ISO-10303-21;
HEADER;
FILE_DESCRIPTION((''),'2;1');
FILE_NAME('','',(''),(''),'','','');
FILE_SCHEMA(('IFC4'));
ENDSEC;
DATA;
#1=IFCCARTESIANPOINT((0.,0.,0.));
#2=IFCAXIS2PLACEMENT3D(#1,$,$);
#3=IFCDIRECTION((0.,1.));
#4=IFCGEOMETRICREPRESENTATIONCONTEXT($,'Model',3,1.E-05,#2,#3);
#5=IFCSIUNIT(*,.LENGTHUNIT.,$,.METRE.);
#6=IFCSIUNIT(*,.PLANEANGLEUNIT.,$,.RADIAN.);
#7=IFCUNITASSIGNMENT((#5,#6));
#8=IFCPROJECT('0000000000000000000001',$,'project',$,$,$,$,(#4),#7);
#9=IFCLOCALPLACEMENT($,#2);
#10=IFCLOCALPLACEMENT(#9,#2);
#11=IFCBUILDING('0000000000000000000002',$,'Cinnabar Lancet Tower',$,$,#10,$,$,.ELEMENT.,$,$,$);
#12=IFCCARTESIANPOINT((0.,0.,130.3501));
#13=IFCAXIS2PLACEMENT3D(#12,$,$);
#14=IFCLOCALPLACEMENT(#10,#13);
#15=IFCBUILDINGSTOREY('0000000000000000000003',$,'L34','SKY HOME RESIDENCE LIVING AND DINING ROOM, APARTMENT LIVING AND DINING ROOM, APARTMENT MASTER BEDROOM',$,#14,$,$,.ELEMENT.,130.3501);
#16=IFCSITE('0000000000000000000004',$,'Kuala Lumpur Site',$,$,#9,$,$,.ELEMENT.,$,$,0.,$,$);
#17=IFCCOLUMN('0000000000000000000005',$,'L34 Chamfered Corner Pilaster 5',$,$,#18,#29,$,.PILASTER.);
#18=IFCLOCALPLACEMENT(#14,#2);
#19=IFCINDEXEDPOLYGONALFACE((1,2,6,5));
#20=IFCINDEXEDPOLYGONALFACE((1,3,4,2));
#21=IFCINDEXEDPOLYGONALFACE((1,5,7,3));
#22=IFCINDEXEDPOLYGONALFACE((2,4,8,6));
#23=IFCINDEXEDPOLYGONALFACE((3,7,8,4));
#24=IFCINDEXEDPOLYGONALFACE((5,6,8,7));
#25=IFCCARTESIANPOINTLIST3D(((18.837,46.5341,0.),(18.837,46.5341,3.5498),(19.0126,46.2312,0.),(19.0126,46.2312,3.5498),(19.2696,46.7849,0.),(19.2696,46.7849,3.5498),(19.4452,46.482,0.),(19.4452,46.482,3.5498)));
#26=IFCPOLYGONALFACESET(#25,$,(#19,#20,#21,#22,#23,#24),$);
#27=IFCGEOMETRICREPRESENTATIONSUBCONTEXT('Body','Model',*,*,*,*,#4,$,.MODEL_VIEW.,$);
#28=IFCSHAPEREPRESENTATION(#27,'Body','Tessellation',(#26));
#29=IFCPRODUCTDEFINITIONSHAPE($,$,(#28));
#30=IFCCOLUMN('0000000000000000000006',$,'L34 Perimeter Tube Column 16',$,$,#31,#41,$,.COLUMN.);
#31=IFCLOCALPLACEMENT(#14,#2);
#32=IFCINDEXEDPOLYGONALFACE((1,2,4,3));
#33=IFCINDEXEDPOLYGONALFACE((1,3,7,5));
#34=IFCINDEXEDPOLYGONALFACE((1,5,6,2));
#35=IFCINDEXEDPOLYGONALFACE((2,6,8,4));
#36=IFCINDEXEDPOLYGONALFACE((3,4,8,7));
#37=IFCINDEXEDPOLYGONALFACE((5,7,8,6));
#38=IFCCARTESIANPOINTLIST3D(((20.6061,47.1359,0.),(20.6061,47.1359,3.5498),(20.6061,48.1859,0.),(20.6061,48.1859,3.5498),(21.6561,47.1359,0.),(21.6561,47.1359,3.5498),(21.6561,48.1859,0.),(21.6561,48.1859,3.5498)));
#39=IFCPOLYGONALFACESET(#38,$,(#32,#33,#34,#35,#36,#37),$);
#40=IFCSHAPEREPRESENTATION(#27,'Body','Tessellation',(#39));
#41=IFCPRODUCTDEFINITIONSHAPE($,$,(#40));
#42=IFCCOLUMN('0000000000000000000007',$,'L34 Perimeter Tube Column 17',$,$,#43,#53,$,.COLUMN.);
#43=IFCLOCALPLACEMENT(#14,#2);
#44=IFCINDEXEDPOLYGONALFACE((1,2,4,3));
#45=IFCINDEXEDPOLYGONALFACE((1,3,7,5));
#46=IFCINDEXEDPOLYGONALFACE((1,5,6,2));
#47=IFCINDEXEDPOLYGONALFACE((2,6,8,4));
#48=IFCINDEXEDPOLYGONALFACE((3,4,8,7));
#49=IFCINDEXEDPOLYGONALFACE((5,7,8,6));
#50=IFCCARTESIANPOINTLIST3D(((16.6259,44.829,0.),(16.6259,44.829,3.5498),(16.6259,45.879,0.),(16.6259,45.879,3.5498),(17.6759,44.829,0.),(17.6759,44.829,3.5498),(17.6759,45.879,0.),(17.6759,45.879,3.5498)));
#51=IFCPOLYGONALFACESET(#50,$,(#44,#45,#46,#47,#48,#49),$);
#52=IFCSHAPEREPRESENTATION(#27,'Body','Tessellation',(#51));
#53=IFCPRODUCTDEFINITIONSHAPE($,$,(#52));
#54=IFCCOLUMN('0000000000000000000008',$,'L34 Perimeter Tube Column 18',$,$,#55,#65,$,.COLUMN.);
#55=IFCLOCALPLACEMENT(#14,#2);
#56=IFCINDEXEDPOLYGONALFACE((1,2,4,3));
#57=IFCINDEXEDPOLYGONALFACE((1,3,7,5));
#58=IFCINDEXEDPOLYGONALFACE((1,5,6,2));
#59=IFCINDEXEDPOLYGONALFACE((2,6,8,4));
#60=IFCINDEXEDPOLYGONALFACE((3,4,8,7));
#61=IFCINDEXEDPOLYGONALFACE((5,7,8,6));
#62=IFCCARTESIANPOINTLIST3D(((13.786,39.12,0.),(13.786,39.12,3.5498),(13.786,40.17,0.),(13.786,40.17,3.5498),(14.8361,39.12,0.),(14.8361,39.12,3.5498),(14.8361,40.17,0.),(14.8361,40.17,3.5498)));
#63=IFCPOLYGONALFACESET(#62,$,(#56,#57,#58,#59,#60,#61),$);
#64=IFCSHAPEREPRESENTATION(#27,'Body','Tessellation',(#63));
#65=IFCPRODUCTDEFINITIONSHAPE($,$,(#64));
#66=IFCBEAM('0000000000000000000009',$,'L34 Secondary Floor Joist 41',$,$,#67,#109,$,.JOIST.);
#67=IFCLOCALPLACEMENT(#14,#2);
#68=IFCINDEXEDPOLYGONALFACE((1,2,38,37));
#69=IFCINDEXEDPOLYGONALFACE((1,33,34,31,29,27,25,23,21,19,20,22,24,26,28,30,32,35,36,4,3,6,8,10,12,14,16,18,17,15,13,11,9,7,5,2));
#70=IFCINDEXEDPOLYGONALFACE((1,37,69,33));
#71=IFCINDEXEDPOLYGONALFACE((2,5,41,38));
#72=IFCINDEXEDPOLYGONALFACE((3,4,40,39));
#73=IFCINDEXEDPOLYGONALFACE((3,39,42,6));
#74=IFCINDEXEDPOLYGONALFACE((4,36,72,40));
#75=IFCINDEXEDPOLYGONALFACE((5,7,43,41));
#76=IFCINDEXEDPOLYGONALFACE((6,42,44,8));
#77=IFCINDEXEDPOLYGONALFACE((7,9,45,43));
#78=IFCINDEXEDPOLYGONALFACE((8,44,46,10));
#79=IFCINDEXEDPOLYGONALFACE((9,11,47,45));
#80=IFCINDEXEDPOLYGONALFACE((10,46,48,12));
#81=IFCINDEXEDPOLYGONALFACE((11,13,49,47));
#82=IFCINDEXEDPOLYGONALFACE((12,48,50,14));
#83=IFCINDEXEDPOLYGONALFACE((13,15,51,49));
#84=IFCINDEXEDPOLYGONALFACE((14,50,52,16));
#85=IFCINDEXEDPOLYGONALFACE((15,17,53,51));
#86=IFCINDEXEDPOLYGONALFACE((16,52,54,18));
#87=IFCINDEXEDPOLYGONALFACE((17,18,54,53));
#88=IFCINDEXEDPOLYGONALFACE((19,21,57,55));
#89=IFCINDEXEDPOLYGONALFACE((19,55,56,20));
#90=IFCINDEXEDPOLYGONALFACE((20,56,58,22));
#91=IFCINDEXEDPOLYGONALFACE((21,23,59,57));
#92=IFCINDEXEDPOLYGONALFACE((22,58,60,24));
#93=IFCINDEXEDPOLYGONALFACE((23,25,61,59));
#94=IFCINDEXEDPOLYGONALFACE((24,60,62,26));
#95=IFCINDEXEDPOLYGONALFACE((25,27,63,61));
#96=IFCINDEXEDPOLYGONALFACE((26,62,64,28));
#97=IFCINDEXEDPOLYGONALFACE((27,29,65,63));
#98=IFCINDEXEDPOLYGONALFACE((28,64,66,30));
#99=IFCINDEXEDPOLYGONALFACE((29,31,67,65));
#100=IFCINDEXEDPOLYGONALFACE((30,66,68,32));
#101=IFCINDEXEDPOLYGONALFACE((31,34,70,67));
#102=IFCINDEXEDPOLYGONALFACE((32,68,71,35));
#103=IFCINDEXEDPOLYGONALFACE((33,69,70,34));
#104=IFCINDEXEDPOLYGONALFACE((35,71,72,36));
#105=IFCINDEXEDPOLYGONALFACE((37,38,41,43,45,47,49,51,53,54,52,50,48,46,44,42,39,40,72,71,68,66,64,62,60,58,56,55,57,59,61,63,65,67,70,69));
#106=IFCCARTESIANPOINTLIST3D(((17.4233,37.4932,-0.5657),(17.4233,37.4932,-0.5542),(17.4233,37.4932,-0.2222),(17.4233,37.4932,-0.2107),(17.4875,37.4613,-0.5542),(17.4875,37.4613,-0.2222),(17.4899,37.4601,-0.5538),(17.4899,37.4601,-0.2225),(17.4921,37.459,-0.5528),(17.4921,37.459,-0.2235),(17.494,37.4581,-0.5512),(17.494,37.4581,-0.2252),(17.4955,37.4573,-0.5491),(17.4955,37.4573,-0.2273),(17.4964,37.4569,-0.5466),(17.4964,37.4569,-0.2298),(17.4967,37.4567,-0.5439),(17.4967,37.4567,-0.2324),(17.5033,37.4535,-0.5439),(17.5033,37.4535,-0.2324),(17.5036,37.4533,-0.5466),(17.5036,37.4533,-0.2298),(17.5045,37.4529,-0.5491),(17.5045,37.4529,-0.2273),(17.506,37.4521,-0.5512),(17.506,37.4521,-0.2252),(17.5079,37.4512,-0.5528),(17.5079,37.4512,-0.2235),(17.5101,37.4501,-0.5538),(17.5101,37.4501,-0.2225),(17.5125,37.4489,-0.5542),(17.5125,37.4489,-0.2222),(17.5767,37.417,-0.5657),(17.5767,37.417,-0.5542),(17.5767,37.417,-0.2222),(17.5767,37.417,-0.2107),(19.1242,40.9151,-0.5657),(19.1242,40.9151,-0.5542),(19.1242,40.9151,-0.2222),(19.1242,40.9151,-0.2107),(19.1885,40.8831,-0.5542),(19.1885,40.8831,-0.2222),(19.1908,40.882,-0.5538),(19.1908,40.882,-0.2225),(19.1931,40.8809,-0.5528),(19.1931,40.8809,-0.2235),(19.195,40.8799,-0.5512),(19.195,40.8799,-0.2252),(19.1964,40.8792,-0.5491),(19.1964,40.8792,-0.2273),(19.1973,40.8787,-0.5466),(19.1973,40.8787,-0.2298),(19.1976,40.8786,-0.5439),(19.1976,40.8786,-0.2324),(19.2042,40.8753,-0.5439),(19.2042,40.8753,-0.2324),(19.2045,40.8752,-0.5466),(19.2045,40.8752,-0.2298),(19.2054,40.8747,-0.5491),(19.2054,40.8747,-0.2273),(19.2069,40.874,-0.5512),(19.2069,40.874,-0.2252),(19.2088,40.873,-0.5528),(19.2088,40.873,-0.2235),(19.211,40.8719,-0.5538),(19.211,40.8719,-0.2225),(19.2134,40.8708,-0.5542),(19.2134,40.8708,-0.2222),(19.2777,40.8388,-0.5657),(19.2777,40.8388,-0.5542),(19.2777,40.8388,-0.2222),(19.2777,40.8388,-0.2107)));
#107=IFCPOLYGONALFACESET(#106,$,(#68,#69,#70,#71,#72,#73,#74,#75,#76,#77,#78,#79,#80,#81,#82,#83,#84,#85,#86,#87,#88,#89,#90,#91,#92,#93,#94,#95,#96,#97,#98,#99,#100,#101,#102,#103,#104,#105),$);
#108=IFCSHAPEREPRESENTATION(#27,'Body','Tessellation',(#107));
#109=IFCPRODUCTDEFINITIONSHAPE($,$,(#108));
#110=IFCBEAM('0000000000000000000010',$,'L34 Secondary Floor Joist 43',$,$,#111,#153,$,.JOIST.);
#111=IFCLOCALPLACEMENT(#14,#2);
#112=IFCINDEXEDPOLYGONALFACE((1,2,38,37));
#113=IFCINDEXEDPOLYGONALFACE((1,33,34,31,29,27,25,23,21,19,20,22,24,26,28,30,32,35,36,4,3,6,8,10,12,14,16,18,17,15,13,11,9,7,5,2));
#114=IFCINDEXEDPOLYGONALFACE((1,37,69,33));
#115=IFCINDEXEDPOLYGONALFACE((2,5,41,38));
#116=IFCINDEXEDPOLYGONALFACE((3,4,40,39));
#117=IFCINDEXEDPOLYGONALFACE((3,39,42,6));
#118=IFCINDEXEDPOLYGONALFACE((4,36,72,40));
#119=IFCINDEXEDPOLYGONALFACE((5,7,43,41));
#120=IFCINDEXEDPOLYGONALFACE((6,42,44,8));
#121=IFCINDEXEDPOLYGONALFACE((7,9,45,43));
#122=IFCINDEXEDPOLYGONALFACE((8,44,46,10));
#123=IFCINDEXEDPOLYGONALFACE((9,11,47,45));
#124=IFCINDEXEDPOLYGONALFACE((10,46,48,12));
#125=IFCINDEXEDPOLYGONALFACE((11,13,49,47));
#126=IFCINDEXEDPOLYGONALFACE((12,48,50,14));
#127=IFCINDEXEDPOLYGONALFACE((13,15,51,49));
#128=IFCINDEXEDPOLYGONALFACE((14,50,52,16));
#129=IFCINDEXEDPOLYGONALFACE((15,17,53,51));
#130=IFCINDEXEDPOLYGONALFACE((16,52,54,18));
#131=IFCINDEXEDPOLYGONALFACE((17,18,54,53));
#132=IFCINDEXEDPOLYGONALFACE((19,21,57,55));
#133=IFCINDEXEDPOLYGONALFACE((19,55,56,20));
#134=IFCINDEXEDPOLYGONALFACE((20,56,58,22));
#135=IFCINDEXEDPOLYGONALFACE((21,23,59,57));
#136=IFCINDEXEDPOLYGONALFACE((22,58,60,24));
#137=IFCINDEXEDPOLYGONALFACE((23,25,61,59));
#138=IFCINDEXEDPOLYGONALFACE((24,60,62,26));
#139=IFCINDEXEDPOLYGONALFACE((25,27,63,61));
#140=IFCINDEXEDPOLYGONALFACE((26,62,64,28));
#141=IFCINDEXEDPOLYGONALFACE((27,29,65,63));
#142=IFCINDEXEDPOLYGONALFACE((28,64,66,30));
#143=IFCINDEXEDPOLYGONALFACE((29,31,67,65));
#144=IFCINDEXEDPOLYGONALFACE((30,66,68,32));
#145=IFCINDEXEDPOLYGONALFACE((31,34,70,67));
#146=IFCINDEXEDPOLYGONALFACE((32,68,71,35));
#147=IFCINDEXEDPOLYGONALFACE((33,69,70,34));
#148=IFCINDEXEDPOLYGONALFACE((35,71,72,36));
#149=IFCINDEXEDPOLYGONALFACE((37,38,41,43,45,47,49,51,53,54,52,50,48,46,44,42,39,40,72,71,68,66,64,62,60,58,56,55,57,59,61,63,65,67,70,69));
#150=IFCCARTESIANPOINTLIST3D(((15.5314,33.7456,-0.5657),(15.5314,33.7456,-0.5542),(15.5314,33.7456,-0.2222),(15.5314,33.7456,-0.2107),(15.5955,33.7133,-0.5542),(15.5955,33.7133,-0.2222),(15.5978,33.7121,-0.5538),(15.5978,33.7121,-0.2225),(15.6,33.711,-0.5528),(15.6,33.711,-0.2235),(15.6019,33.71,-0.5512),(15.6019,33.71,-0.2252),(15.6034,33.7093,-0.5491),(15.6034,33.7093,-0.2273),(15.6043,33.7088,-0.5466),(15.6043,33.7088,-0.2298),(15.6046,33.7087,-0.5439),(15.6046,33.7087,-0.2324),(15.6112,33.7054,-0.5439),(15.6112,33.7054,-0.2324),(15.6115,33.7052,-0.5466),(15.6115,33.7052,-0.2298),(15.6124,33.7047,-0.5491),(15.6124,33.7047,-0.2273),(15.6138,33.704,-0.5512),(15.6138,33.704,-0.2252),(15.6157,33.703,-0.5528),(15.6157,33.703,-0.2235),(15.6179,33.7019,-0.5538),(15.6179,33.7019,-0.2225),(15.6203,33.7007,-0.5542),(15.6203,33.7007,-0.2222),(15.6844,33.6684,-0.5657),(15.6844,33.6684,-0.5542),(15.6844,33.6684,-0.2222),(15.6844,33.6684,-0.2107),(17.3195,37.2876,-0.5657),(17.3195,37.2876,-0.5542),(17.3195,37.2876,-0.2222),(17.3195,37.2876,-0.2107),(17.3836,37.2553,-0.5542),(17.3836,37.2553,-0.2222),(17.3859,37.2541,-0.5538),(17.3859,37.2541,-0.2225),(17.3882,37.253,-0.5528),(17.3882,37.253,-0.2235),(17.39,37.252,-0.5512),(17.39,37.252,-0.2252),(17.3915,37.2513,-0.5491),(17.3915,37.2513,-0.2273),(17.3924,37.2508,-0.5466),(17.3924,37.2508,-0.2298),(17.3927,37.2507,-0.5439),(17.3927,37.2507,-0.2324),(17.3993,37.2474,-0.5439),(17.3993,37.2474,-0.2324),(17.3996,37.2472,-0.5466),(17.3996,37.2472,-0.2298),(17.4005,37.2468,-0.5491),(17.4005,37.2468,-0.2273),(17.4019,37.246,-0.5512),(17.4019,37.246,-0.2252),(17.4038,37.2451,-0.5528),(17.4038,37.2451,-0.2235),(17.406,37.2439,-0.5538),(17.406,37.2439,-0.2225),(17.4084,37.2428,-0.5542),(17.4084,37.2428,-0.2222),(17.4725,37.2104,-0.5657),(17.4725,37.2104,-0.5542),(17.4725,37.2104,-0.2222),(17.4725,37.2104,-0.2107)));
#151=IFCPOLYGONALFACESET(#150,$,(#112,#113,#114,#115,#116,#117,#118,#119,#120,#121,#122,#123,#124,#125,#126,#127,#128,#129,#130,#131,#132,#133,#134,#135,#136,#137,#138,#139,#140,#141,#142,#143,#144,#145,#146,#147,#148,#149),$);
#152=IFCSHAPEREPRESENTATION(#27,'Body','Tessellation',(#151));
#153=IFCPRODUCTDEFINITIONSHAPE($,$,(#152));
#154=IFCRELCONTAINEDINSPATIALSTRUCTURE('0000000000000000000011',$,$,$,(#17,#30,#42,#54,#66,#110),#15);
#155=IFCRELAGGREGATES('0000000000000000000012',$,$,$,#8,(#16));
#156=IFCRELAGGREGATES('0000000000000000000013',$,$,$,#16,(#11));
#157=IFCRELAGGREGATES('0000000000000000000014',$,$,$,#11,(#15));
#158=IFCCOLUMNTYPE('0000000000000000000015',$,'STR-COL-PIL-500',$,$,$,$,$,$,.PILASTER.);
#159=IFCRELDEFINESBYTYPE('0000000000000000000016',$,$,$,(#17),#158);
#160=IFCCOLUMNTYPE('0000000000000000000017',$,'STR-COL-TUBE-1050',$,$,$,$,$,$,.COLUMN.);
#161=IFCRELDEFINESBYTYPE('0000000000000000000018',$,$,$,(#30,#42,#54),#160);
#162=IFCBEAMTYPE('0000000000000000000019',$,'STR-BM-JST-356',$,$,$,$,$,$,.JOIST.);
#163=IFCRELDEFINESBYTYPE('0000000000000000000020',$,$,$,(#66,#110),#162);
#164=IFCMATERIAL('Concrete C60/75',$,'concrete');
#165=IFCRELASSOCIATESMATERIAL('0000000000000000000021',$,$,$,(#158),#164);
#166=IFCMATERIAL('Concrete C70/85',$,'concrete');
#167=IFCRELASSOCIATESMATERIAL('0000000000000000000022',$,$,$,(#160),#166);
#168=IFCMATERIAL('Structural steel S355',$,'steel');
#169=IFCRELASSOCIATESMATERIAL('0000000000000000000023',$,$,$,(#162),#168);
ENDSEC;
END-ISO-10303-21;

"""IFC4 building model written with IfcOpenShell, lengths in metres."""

from ifc_helpers import new_model, si_unit, direction, frame, origin, origin_2d, place, context, subcontext, project, spatial, rectangle, i_section, extrude, material, material_profile, profile_set, type_object, element, save


model = new_model("IFC4")

# Units and contexts
model_context = context("Model", 3, precision=1e-05, world=origin(), true_north=direction((0.0, 1.0)))
body_context = subcontext(model_context, "Body", "Model", "MODEL_VIEW")
ifc_project = project(units=[si_unit("LENGTHUNIT", "METRE"), si_unit("PLANEANGLEUNIT", "RADIAN")], contexts=[model_context])

# Site, building, storey
site_placement = place(None, origin())
site = spatial("IfcSite", under=ifc_project, at=site_placement, Name="Kuala Lumpur Site", CompositionType="ELEMENT", RefElevation=0.0)
building_placement = place(site_placement, origin())
building = spatial("IfcBuilding", under=site, at=building_placement, Name="Cinnabar Lancet Tower", CompositionType="ELEMENT")
storey_placement = place(building_placement, frame((0.0, 0.0, 130.3501)))
storey = spatial("IfcBuildingStorey", under=building, at=storey_placement, Name="L34", Description="SKY HOME RESIDENCE LIVING AND DINING ROOM, APARTMENT LIVING AND DINING ROOM, APARTMENT MASTER BEDROOM", CompositionType="ELEMENT", Elevation=130.3501)

# Columns
ifc_material_1 = material(Name="Concrete C60/75", Category="concrete")
ifc_material_profile_1 = material_profile(ifc_material_1, rectangle(XDim=0.5, YDim=0.3501, at=origin_2d()), Name="RC-PIL 500x350")
ifc_profile_set_1 = profile_set([ifc_material_profile_1], Name="Concrete C60/75")
column_type_1 = type_object("IfcColumnType", Name="STR-COL-PIL-500", PredefinedType="PILASTER", material=ifc_profile_set_1)
column_placement = place(storey_placement, frame((19.1411, 46.5081, 0.0), z_axis=(0.0, 0.0, 1.0), x_axis=(-0.86516, -0.501496, 0.0)))
element("IfcColumn", 1, at=column_placement, inside=storey, type_object=column_type_1, Name="L34 Chamfered Corner Pilaster 5", PredefinedType="PILASTER", context=body_context, shape_type="SweptSolid", body=[
    extrude(rectangle(XDim=0.5, YDim=0.3501, at=origin_2d()), origin(), (0.0, 0.0, 1.0), 3.5498),
])
ifc_material_2 = material(Name="Concrete C70/85", Category="concrete")
ifc_material_profile_2 = material_profile(ifc_material_2, rectangle(XDim=1.05, YDim=1.05, at=origin_2d()), Name="RC-COL 1050x1050")
ifc_profile_set_2 = profile_set([ifc_material_profile_2], Name="Concrete C70/85")
column_type_2 = type_object("IfcColumnType", Name="STR-COL-TUBE-1050", PredefinedType="COLUMN", material=ifc_profile_set_2)
for number, where, z_axis, x_axis, name in (
    (2, (21.1311, 47.6609, 0.0), (0.0, 0.0, 1.0), (1.0, 0.0, 0.0), "L34 Perimeter Tube Column 16"),
    (3, (17.1509, 45.354, 0.0), (0.0, 0.0, 1.0), (1.0, 0.0, 0.0), "L34 Perimeter Tube Column 17"),
    (4, (14.311, 39.645, 0.0), (0.0, 0.0, 1.0), (1.0, 0.0, 0.0), "L34 Perimeter Tube Column 18"),
):
    element("IfcColumn", number, at=place(storey_placement, frame(where, z_axis=z_axis, x_axis=x_axis)), inside=storey, type_object=column_type_2, Name=name, PredefinedType="COLUMN", context=body_context, shape_type="SweptSolid", body=[
        extrude(rectangle(XDim=1.05, YDim=1.05, at=origin_2d()), origin(), (0.0, 0.0, 1.0), 3.5498),
    ])

# Beams
ifc_material_3 = material(Name="Structural steel S355", Category="steel")
ifc_material_profile_3 = material_profile(ifc_material_3, i_section(OverallWidth=0.1714, OverallDepth=0.355, WebThickness=0.0073, FlangeThickness=0.0115, FilletRadius=0.0103, at=origin_2d()), Name="UKB 356x171x51")
ifc_profile_set_3 = profile_set([ifc_material_profile_3], Name="Structural steel S355")
beam_type_1 = type_object("IfcBeamType", Name="STR-BM-JST-356", PredefinedType="JOIST", material=ifc_profile_set_3)
beam_1_placement = place(storey_placement, frame((19.2009, 40.877, -0.3882), z_axis=(-0.445117, -0.895473, 0.0), x_axis=(0.895473, -0.445117, 0.0)))
element("IfcBeam", 5, at=beam_1_placement, inside=storey, type_object=beam_type_1, Name="L34 Secondary Floor Joist 41", PredefinedType="JOIST", context=body_context, shape_type="SweptSolid", body=[
    extrude(i_section(OverallWidth=0.1714, OverallDepth=0.355, WebThickness=0.0073, FlangeThickness=0.0115, FilletRadius=0.0103, at=origin_2d()), origin(), (0.0, 0.0, 1.0), 3.8213),
])
beam_2_placement = place(storey_placement, frame((17.396, 37.249, -0.3882), z_axis=(-0.450656, -0.892698, 0.0), x_axis=(0.892698, -0.450656, 0.0)))
element("IfcBeam", 6, at=beam_2_placement, inside=storey, type_object=beam_type_1, Name="L34 Secondary Floor Joist 43", PredefinedType="JOIST", context=body_context, shape_type="SweptSolid", body=[
    extrude(i_section(OverallWidth=0.1714, OverallDepth=0.355, WebThickness=0.0073, FlangeThickness=0.0115, FilletRadius=0.0103, at=origin_2d()), origin(), (0.0, 0.0, 1.0), 3.9678),
])

save(model, "model.ifc")
